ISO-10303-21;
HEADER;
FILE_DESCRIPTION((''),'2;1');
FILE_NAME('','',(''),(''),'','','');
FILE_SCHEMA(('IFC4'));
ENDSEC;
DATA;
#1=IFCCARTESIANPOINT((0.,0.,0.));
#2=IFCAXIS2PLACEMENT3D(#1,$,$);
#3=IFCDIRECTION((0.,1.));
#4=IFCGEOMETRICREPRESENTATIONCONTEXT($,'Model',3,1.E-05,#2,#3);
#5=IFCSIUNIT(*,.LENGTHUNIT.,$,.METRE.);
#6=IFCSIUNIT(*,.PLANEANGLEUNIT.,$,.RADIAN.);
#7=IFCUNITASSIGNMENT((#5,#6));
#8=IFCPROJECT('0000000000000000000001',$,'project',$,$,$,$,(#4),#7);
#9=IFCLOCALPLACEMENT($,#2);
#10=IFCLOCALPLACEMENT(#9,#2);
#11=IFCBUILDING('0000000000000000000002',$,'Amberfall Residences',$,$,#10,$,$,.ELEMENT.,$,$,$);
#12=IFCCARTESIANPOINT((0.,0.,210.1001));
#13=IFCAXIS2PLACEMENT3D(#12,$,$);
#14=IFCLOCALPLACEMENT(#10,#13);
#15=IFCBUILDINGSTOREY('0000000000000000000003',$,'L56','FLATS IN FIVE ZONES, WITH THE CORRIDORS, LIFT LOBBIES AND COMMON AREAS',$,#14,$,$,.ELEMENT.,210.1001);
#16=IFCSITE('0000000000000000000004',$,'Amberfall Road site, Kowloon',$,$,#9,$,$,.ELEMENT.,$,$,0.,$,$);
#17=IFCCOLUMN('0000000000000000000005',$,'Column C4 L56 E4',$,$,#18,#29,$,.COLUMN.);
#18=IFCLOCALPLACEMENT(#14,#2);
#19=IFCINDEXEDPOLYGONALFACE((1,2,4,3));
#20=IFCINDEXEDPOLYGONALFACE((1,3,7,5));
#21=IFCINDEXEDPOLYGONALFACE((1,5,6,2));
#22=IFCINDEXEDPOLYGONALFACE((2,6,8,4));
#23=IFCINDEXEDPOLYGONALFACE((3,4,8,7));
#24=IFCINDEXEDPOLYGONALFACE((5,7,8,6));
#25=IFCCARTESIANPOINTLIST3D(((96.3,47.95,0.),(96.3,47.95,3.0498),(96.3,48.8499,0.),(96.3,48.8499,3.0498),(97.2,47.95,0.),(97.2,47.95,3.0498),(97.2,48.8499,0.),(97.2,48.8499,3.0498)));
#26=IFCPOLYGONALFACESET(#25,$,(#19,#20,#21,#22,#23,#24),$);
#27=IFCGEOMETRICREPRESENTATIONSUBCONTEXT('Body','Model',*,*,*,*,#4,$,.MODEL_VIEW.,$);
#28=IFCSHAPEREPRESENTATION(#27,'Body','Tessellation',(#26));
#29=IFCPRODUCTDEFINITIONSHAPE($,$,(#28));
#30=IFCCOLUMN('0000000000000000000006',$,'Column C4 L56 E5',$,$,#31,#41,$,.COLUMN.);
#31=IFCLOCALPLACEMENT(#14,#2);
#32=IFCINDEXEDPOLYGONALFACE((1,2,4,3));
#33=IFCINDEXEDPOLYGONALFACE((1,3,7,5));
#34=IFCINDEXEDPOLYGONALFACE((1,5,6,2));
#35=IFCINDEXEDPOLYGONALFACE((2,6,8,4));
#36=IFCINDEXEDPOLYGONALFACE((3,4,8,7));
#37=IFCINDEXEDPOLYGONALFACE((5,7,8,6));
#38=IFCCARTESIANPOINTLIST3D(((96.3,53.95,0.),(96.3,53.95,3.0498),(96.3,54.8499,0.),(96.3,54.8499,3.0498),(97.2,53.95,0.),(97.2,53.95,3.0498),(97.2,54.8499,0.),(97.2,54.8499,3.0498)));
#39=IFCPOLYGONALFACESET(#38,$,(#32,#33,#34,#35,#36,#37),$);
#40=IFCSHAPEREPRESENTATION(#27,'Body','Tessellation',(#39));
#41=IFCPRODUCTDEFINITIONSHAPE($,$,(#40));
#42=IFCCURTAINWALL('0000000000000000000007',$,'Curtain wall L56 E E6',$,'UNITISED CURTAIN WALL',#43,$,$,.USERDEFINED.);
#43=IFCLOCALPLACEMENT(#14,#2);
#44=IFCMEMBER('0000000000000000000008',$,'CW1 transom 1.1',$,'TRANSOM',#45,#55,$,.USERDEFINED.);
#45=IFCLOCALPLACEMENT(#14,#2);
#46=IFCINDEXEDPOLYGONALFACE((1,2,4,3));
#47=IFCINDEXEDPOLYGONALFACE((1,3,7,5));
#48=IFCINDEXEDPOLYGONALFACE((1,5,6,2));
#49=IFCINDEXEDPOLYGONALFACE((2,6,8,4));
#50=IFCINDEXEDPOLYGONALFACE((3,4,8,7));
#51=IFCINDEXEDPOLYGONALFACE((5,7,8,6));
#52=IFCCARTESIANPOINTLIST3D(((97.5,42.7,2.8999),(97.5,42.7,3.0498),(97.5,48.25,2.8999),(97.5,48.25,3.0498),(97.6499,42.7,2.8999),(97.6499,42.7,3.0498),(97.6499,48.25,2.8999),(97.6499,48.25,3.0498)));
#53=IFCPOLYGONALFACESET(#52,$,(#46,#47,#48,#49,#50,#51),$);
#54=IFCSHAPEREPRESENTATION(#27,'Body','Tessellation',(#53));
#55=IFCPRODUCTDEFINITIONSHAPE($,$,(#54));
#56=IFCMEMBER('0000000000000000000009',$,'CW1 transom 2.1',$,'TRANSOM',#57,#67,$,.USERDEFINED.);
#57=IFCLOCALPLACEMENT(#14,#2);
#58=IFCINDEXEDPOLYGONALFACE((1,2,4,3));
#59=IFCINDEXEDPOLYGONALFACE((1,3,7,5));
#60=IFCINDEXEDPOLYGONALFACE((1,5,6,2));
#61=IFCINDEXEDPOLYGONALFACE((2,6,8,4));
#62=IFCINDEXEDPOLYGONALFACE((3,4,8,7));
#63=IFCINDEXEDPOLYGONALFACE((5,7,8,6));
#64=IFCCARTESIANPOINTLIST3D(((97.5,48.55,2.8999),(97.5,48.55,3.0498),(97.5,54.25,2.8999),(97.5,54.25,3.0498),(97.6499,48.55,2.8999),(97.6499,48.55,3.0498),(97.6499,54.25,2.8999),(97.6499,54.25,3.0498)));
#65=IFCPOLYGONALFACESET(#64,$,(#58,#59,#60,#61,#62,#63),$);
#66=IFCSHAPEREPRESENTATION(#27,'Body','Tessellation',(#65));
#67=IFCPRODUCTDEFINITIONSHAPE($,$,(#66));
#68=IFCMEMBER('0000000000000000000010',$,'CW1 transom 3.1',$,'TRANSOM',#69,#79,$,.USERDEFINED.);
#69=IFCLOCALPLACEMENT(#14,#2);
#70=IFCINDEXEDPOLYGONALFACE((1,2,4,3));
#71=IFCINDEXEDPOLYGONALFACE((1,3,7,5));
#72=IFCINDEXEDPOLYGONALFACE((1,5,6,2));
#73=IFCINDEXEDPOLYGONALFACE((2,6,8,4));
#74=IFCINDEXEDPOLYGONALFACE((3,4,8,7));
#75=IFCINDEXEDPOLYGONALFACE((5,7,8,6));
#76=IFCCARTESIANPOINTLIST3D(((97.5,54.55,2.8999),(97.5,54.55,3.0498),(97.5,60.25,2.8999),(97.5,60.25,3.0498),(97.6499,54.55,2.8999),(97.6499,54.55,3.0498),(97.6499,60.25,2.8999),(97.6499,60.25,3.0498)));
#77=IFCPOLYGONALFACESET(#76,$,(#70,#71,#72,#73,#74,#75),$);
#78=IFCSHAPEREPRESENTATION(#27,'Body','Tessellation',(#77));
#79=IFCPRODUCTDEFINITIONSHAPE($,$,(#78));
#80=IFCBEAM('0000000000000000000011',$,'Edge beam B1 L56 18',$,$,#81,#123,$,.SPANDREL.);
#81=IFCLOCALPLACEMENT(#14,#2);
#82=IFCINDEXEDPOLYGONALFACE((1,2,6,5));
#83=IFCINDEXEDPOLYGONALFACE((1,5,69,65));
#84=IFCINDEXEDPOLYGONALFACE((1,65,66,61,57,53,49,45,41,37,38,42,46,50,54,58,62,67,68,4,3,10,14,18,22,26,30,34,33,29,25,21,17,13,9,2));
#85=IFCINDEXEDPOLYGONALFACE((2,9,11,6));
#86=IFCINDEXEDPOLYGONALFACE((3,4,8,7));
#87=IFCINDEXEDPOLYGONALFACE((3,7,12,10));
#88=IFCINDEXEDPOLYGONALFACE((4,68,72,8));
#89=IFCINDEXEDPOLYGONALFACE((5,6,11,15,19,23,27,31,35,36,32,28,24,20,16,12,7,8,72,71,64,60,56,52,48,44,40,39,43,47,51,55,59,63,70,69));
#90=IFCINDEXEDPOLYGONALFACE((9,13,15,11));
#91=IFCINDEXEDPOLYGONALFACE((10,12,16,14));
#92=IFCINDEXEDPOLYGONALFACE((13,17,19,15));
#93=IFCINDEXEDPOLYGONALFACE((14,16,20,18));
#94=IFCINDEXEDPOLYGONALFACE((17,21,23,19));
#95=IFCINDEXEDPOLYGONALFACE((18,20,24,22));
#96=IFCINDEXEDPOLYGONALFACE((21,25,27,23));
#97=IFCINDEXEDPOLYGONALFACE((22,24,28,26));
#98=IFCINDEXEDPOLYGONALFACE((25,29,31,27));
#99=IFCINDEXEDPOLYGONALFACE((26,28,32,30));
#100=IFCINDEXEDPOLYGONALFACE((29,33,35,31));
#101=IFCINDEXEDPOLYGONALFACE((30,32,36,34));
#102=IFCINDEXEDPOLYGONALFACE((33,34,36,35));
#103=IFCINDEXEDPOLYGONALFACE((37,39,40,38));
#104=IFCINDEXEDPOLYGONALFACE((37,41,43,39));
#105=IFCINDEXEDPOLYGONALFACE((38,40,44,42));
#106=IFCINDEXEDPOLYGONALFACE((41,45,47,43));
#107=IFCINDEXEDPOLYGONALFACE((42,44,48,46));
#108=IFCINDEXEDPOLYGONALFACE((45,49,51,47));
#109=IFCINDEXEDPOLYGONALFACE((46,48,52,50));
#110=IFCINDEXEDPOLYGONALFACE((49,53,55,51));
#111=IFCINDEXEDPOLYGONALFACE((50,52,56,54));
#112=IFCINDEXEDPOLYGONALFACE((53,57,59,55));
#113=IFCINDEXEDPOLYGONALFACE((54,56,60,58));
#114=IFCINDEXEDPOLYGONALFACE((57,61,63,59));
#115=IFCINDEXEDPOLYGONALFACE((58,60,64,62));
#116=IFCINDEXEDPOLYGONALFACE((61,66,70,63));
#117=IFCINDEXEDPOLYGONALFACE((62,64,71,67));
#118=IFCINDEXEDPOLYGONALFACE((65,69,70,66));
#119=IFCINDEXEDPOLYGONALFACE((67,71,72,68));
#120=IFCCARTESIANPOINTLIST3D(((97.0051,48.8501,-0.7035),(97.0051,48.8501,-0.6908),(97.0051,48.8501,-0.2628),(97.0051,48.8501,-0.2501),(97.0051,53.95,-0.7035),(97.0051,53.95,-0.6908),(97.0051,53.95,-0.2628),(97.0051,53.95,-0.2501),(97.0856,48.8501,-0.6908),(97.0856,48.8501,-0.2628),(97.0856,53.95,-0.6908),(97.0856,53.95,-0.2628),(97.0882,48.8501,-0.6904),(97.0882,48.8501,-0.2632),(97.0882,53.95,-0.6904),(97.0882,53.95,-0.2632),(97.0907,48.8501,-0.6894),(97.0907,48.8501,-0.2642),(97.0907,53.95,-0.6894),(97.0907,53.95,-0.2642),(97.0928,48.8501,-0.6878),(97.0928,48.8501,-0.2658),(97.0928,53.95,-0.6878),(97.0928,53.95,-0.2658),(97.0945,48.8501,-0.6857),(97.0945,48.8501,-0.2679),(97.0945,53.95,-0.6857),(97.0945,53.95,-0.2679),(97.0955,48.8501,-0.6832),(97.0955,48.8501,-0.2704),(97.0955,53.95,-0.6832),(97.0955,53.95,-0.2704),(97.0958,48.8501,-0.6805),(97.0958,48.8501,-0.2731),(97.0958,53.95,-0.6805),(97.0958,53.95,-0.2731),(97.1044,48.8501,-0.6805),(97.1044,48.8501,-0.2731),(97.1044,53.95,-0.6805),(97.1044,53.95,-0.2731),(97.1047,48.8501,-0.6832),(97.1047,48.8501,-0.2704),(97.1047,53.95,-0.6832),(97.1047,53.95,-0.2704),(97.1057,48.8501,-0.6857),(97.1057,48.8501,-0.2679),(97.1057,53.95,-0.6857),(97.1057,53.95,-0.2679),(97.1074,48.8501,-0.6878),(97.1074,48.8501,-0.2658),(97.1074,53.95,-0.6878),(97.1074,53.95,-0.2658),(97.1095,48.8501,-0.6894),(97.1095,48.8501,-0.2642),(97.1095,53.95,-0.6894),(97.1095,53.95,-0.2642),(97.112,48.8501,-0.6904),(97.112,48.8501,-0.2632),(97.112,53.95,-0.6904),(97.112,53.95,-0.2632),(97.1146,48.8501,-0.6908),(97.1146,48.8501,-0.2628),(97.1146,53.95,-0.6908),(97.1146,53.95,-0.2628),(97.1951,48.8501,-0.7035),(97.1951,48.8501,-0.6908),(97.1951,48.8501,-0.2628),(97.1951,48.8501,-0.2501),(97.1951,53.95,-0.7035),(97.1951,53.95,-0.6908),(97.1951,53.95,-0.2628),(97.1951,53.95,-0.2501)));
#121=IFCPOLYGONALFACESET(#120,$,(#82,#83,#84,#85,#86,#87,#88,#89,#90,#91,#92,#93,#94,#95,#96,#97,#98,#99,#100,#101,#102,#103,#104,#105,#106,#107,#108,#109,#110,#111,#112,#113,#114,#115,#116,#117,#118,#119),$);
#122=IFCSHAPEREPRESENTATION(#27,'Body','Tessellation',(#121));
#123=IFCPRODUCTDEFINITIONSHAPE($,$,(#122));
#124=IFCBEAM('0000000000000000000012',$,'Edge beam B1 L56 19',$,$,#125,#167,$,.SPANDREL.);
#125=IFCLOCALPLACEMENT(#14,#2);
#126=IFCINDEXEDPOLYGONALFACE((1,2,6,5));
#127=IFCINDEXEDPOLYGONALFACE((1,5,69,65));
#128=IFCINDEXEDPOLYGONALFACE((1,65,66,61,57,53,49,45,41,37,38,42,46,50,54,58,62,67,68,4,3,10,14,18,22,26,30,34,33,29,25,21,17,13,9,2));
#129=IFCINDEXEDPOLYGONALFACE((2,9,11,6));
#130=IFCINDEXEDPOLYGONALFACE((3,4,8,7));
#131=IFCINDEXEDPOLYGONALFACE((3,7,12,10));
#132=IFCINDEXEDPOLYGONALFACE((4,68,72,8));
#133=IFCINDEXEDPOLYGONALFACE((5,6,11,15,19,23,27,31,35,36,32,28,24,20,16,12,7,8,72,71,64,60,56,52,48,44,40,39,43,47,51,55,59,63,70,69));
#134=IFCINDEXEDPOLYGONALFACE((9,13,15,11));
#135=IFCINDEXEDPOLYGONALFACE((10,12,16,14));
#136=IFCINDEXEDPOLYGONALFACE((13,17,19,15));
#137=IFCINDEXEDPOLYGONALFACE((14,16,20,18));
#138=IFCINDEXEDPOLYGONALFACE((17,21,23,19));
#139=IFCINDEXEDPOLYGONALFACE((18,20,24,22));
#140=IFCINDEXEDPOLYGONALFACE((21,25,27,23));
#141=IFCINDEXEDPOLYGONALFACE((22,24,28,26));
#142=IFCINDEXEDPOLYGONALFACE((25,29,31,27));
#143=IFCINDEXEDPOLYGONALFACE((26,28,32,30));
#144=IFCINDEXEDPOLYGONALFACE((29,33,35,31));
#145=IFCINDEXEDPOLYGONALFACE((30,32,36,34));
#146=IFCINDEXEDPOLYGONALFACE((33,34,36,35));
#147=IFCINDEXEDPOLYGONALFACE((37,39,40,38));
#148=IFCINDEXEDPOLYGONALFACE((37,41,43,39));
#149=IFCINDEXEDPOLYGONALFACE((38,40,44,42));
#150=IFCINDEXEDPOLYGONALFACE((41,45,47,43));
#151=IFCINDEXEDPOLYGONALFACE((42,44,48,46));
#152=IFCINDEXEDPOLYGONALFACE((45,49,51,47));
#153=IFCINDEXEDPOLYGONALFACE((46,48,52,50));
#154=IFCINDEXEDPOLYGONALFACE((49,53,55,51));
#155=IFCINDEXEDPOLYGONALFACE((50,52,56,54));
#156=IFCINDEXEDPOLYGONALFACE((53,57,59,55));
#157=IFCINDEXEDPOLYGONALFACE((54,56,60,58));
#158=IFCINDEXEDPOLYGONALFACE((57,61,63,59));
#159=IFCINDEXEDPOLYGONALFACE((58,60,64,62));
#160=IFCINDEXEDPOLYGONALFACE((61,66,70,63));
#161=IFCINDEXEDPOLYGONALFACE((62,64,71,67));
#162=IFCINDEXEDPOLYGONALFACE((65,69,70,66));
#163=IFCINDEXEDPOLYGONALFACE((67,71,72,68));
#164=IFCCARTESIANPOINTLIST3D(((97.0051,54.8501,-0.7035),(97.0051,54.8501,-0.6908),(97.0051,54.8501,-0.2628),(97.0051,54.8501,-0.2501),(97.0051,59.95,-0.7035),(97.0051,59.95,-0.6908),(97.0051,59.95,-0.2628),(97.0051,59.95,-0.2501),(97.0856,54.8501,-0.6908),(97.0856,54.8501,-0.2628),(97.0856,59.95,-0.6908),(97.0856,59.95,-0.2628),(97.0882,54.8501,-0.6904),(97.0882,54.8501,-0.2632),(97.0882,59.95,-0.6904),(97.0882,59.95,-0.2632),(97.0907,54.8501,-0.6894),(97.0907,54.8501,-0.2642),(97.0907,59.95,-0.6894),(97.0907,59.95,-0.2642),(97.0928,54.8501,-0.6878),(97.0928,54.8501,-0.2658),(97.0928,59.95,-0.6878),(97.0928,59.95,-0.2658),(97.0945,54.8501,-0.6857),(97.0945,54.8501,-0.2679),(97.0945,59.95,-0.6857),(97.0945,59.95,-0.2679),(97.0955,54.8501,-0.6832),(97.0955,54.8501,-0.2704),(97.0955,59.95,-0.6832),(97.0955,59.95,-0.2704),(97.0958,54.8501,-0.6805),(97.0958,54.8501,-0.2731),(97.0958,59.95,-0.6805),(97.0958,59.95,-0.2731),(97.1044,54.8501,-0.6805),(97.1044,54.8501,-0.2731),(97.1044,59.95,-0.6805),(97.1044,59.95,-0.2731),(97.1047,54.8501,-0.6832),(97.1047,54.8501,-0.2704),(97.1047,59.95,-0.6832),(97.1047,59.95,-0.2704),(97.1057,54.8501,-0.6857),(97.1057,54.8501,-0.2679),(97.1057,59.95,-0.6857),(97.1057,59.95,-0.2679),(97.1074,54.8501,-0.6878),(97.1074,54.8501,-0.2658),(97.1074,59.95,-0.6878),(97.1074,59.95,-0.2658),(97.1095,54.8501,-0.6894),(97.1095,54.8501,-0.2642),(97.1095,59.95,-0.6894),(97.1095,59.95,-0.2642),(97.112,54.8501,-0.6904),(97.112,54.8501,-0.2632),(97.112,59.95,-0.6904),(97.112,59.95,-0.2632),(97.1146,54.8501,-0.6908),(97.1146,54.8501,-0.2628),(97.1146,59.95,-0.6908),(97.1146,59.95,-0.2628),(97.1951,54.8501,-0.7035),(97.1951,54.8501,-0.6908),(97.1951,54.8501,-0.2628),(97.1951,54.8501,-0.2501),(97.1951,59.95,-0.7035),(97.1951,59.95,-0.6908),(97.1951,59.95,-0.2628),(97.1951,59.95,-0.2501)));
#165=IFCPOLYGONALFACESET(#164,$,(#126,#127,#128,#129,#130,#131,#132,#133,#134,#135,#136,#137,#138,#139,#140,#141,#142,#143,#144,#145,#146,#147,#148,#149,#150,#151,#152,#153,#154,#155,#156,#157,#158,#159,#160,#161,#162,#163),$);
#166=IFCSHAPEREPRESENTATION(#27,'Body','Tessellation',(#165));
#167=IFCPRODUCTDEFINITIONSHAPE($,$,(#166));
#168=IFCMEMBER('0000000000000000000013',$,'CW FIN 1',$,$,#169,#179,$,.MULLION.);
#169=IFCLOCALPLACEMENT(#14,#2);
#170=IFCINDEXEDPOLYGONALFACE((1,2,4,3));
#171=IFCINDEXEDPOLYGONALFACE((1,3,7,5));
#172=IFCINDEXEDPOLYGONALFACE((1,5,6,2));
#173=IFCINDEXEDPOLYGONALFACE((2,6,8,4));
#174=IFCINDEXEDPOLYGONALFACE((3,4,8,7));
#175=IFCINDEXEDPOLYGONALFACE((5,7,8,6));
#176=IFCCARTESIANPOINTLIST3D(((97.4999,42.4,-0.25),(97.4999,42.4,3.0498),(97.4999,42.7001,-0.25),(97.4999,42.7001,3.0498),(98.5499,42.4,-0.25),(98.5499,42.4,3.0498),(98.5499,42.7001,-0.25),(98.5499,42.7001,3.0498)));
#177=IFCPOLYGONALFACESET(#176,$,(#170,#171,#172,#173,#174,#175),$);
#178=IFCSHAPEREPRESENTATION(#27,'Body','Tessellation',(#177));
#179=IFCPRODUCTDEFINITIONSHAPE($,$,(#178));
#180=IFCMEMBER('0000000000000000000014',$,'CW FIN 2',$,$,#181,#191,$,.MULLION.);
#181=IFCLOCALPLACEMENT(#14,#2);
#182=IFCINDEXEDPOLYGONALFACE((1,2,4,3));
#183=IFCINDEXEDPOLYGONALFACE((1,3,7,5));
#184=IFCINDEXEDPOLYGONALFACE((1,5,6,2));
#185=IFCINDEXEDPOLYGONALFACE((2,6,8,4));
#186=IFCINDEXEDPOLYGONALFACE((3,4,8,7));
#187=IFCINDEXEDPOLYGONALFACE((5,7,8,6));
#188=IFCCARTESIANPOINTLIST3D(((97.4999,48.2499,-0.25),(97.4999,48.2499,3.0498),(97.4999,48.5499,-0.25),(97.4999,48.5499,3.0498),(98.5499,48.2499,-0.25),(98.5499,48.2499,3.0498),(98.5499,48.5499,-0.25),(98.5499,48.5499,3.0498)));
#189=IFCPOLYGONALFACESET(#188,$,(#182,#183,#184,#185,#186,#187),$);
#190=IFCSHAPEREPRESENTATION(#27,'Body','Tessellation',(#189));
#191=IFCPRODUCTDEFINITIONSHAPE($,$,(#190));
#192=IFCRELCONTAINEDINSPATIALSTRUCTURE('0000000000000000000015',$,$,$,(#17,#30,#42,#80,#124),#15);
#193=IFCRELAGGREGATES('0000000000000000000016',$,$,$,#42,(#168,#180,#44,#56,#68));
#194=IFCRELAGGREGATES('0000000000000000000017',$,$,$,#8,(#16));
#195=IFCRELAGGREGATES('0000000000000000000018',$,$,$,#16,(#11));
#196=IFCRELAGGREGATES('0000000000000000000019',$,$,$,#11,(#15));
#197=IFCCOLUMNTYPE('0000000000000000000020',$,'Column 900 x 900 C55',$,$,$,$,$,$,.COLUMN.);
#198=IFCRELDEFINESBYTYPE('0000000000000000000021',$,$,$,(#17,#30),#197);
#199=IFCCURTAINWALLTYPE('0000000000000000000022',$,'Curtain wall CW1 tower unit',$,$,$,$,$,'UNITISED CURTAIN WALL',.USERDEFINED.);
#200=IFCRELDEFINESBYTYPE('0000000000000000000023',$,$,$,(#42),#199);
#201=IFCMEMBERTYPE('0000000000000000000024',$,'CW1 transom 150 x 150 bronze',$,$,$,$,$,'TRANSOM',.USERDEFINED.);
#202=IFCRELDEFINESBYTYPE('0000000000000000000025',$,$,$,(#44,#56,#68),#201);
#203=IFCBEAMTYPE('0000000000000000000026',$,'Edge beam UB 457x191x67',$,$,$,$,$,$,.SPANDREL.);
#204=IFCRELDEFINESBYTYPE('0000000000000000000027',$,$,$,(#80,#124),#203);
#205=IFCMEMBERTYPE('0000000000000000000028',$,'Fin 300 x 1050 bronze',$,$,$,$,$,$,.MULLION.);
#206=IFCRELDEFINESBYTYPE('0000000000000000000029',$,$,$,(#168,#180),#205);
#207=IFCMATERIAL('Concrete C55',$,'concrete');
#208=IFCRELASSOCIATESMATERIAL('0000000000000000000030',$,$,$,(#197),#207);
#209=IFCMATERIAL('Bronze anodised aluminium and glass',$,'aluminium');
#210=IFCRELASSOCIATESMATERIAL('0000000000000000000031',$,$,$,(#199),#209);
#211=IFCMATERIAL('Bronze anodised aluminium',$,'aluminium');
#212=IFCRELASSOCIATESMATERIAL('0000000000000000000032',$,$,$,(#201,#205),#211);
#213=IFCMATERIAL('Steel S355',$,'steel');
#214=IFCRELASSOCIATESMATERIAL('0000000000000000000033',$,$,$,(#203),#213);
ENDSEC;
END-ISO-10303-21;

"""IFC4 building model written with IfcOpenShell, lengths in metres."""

from ifc_helpers import new_model, si_unit, direction, frame, origin, origin_2d, place, context, subcontext, project, spatial, rectangle, i_section, extrude, material, material_profile, profile_set, type_object, element, aggregate, save


model = new_model("IFC4")

# Units and contexts
model_context = context("Model", 3, precision=1e-05, world=origin(), true_north=direction((0.0, 1.0)))
body_context = subcontext(model_context, "Body", "Model", "MODEL_VIEW")
ifc_project = project(units=[si_unit("LENGTHUNIT", "METRE"), si_unit("PLANEANGLEUNIT", "RADIAN")], contexts=[model_context])

# Site, building, storey
site_placement = place(None, origin())
site = spatial("IfcSite", under=ifc_project, at=site_placement, Name="Amberfall Road site, Kowloon", CompositionType="ELEMENT", RefElevation=0.0)
building_placement = place(site_placement, origin())
building = spatial("IfcBuilding", under=site, at=building_placement, Name="Amberfall Residences", CompositionType="ELEMENT")
storey_placement = place(building_placement, frame((0.0, 0.0, 210.1001)))
storey = spatial("IfcBuildingStorey", under=building, at=storey_placement, Name="L56", Description="FLATS IN FIVE ZONES, WITH THE CORRIDORS, LIFT LOBBIES AND COMMON AREAS", CompositionType="ELEMENT", Elevation=210.1001)

# Columns
ifc_material_1 = material(Name="Concrete C55", Category="concrete")
ifc_material_profile_1 = material_profile(ifc_material_1, rectangle(XDim=0.8999, YDim=0.8999, at=origin_2d()), Name="Column 900 x 900 C55")
ifc_profile_set_1 = profile_set([ifc_material_profile_1], Name="Concrete C55")
column_type = type_object("IfcColumnType", Name="Column 900 x 900 C55", PredefinedType="COLUMN", material=ifc_profile_set_1)
for number, where, z_axis, x_axis, name in (
    (1, (96.75, 48.3999, 0.0), (0.0, 0.0, 1.0), (1.0, 0.0, 0.0), "Column C4 L56 E4"),
    (2, (96.75, 54.3999, 0.0), (0.0, 0.0, 1.0), (1.0, 0.0, 0.0), "Column C4 L56 E5"),
):
    element("IfcColumn", number, at=place(storey_placement, frame(where, z_axis=z_axis, x_axis=x_axis)), inside=storey, type_object=column_type, Name=name, PredefinedType="COLUMN", context=body_context, shape_type="SweptSolid", body=[
        extrude(rectangle(XDim=0.8999, YDim=0.8999, at=origin_2d()), origin(), (0.0, 0.0, 1.0), 3.0498),
    ])

# Curtain wall, members
ifc_material_2 = material(Name="Bronze anodised aluminium and glass", Category="aluminium")
curtain_wall_type = type_object("IfcCurtainWallType", Name="Curtain wall CW1 tower unit", ElementType="UNITISED CURTAIN WALL", PredefinedType="USERDEFINED", material=ifc_material_2)
curtain_wall_placement = place(storey_placement, origin())
curtain_wall = element("IfcCurtainWall", 3, at=curtain_wall_placement, inside=storey, type_object=curtain_wall_type, Name="Curtain wall L56 E E6", ObjectType="UNITISED CURTAIN WALL", PredefinedType="USERDEFINED")
ifc_material_3 = material(Name="Bronze anodised aluminium", Category="aluminium")
ifc_material_profile_2 = material_profile(ifc_material_3, rectangle(XDim=0.1499, YDim=0.1499, at=origin_2d()), Name="CW1 transom 150 x 150 bronze")
ifc_profile_set_2 = profile_set([ifc_material_profile_2], Name="Bronze anodised aluminium")
member_type_1 = type_object("IfcMemberType", Name="CW1 transom 150 x 150 bronze", ElementType="TRANSOM", PredefinedType="USERDEFINED", material=ifc_profile_set_2)
member_1_placement = place(storey_placement, frame((97.575, 42.7, 2.9749), z_axis=(0.0, 1.0, 0.0), x_axis=(-1.0, 0.0, 0.0)))
member_1 = element("IfcMember", 4, at=member_1_placement, type_object=member_type_1, Name="CW1 transom 1.1", ObjectType="TRANSOM", PredefinedType="USERDEFINED", context=body_context, shape_type="SweptSolid", body=[
    extrude(rectangle(XDim=0.1499, YDim=0.1499, at=origin_2d()), origin(), (0.0, 0.0, 1.0), 5.55),
])
member_2_placement = place(storey_placement, frame((97.575, 48.55, 2.9749), z_axis=(0.0, 1.0, 0.0), x_axis=(-1.0, 0.0, 0.0)))
member_2 = element("IfcMember", 5, at=member_2_placement, type_object=member_type_1, Name="CW1 transom 2.1", ObjectType="TRANSOM", PredefinedType="USERDEFINED", context=body_context, shape_type="SweptSolid", body=[
    extrude(rectangle(XDim=0.1499, YDim=0.1499, at=origin_2d()), origin(), (0.0, 0.0, 1.0), 5.7),
])
member_3_placement = place(storey_placement, frame((97.575, 54.55, 2.9749), z_axis=(0.0, 1.0, 0.0), x_axis=(-1.0, 0.0, 0.0)))
member_3 = element("IfcMember", 6, at=member_3_placement, type_object=member_type_1, Name="CW1 transom 3.1", ObjectType="TRANSOM", PredefinedType="USERDEFINED", context=body_context, shape_type="SweptSolid", body=[
    extrude(rectangle(XDim=0.1499, YDim=0.1499, at=origin_2d()), origin(), (0.0, 0.0, 1.0), 5.7),
])

# Beams
ifc_material_4 = material(Name="Steel S355", Category="steel")
ifc_material_profile_3 = material_profile(ifc_material_4, i_section(OverallWidth=0.1899, OverallDepth=0.4534, WebThickness=0.0085, FlangeThickness=0.0127, FilletRadius=0.0103, at=origin_2d()), Name="UB 457x191x67")
ifc_profile_set_3 = profile_set([ifc_material_profile_3], Name="Steel S355")
beam_type_1 = type_object("IfcBeamType", Name="Edge beam UB 457x191x67", PredefinedType="SPANDREL", material=ifc_profile_set_3)
for number, where, z_axis, x_axis, name in (
    (7, (97.1001, 48.8501, -0.4768), (0.0, 1.0, 0.0), (-1.0, 0.0, 0.0), "Edge beam B1 L56 18"),
    (8, (97.1001, 54.8501, -0.4768), (0.0, 1.0, 0.0), (-1.0, 0.0, 0.0), "Edge beam B1 L56 19"),
):
    element("IfcBeam", number, at=place(storey_placement, frame(where, z_axis=z_axis, x_axis=x_axis)), inside=storey, type_object=beam_type_1, Name=name, PredefinedType="SPANDREL", context=body_context, shape_type="SweptSolid", body=[
        extrude(i_section(OverallWidth=0.1899, OverallDepth=0.4534, WebThickness=0.0085, FlangeThickness=0.0127, FilletRadius=0.0103, at=origin_2d()), origin(), (0.0, 0.0, 1.0), 5.0999),
    ])

# Members
ifc_material_profile_4 = material_profile(ifc_material_3, rectangle(XDim=1.05, YDim=0.3, at=origin_2d()), Name="Fin 300 x 1050 bronze")
ifc_profile_set_4 = profile_set([ifc_material_profile_4], Name="Bronze anodised aluminium")
member_type_2 = type_object("IfcMemberType", Name="Fin 300 x 1050 bronze", PredefinedType="MULLION", material=ifc_profile_set_4)
member_4_placement = place(storey_placement, frame((98.0249, 42.55, -0.25), z_axis=(0.0, 0.0, 1.0), x_axis=(-1.0, 0.0, 0.0)))
member_4 = element("IfcMember", 9, at=member_4_placement, type_object=member_type_2, Name="CW FIN 1", PredefinedType="MULLION", context=body_context, shape_type="SweptSolid", body=[
    extrude(rectangle(XDim=1.05, YDim=0.3, at=origin_2d()), origin(), (0.0, 0.0, 1.0), 3.2998),
])
member_5_placement = place(storey_placement, frame((98.0249, 48.3999, -0.25), z_axis=(0.0, 0.0, 1.0), x_axis=(-1.0, 0.0, 0.0)))
member_5 = element("IfcMember", 10, at=member_5_placement, type_object=member_type_2, Name="CW FIN 2", PredefinedType="MULLION", context=body_context, shape_type="SweptSolid", body=[
    extrude(rectangle(XDim=1.05, YDim=0.3, at=origin_2d()), origin(), (0.0, 0.0, 1.0), 3.2998),
])

aggregate(curtain_wall, [member_4, member_5, member_1, member_2, member_3])

save(model, "model.ifc")
